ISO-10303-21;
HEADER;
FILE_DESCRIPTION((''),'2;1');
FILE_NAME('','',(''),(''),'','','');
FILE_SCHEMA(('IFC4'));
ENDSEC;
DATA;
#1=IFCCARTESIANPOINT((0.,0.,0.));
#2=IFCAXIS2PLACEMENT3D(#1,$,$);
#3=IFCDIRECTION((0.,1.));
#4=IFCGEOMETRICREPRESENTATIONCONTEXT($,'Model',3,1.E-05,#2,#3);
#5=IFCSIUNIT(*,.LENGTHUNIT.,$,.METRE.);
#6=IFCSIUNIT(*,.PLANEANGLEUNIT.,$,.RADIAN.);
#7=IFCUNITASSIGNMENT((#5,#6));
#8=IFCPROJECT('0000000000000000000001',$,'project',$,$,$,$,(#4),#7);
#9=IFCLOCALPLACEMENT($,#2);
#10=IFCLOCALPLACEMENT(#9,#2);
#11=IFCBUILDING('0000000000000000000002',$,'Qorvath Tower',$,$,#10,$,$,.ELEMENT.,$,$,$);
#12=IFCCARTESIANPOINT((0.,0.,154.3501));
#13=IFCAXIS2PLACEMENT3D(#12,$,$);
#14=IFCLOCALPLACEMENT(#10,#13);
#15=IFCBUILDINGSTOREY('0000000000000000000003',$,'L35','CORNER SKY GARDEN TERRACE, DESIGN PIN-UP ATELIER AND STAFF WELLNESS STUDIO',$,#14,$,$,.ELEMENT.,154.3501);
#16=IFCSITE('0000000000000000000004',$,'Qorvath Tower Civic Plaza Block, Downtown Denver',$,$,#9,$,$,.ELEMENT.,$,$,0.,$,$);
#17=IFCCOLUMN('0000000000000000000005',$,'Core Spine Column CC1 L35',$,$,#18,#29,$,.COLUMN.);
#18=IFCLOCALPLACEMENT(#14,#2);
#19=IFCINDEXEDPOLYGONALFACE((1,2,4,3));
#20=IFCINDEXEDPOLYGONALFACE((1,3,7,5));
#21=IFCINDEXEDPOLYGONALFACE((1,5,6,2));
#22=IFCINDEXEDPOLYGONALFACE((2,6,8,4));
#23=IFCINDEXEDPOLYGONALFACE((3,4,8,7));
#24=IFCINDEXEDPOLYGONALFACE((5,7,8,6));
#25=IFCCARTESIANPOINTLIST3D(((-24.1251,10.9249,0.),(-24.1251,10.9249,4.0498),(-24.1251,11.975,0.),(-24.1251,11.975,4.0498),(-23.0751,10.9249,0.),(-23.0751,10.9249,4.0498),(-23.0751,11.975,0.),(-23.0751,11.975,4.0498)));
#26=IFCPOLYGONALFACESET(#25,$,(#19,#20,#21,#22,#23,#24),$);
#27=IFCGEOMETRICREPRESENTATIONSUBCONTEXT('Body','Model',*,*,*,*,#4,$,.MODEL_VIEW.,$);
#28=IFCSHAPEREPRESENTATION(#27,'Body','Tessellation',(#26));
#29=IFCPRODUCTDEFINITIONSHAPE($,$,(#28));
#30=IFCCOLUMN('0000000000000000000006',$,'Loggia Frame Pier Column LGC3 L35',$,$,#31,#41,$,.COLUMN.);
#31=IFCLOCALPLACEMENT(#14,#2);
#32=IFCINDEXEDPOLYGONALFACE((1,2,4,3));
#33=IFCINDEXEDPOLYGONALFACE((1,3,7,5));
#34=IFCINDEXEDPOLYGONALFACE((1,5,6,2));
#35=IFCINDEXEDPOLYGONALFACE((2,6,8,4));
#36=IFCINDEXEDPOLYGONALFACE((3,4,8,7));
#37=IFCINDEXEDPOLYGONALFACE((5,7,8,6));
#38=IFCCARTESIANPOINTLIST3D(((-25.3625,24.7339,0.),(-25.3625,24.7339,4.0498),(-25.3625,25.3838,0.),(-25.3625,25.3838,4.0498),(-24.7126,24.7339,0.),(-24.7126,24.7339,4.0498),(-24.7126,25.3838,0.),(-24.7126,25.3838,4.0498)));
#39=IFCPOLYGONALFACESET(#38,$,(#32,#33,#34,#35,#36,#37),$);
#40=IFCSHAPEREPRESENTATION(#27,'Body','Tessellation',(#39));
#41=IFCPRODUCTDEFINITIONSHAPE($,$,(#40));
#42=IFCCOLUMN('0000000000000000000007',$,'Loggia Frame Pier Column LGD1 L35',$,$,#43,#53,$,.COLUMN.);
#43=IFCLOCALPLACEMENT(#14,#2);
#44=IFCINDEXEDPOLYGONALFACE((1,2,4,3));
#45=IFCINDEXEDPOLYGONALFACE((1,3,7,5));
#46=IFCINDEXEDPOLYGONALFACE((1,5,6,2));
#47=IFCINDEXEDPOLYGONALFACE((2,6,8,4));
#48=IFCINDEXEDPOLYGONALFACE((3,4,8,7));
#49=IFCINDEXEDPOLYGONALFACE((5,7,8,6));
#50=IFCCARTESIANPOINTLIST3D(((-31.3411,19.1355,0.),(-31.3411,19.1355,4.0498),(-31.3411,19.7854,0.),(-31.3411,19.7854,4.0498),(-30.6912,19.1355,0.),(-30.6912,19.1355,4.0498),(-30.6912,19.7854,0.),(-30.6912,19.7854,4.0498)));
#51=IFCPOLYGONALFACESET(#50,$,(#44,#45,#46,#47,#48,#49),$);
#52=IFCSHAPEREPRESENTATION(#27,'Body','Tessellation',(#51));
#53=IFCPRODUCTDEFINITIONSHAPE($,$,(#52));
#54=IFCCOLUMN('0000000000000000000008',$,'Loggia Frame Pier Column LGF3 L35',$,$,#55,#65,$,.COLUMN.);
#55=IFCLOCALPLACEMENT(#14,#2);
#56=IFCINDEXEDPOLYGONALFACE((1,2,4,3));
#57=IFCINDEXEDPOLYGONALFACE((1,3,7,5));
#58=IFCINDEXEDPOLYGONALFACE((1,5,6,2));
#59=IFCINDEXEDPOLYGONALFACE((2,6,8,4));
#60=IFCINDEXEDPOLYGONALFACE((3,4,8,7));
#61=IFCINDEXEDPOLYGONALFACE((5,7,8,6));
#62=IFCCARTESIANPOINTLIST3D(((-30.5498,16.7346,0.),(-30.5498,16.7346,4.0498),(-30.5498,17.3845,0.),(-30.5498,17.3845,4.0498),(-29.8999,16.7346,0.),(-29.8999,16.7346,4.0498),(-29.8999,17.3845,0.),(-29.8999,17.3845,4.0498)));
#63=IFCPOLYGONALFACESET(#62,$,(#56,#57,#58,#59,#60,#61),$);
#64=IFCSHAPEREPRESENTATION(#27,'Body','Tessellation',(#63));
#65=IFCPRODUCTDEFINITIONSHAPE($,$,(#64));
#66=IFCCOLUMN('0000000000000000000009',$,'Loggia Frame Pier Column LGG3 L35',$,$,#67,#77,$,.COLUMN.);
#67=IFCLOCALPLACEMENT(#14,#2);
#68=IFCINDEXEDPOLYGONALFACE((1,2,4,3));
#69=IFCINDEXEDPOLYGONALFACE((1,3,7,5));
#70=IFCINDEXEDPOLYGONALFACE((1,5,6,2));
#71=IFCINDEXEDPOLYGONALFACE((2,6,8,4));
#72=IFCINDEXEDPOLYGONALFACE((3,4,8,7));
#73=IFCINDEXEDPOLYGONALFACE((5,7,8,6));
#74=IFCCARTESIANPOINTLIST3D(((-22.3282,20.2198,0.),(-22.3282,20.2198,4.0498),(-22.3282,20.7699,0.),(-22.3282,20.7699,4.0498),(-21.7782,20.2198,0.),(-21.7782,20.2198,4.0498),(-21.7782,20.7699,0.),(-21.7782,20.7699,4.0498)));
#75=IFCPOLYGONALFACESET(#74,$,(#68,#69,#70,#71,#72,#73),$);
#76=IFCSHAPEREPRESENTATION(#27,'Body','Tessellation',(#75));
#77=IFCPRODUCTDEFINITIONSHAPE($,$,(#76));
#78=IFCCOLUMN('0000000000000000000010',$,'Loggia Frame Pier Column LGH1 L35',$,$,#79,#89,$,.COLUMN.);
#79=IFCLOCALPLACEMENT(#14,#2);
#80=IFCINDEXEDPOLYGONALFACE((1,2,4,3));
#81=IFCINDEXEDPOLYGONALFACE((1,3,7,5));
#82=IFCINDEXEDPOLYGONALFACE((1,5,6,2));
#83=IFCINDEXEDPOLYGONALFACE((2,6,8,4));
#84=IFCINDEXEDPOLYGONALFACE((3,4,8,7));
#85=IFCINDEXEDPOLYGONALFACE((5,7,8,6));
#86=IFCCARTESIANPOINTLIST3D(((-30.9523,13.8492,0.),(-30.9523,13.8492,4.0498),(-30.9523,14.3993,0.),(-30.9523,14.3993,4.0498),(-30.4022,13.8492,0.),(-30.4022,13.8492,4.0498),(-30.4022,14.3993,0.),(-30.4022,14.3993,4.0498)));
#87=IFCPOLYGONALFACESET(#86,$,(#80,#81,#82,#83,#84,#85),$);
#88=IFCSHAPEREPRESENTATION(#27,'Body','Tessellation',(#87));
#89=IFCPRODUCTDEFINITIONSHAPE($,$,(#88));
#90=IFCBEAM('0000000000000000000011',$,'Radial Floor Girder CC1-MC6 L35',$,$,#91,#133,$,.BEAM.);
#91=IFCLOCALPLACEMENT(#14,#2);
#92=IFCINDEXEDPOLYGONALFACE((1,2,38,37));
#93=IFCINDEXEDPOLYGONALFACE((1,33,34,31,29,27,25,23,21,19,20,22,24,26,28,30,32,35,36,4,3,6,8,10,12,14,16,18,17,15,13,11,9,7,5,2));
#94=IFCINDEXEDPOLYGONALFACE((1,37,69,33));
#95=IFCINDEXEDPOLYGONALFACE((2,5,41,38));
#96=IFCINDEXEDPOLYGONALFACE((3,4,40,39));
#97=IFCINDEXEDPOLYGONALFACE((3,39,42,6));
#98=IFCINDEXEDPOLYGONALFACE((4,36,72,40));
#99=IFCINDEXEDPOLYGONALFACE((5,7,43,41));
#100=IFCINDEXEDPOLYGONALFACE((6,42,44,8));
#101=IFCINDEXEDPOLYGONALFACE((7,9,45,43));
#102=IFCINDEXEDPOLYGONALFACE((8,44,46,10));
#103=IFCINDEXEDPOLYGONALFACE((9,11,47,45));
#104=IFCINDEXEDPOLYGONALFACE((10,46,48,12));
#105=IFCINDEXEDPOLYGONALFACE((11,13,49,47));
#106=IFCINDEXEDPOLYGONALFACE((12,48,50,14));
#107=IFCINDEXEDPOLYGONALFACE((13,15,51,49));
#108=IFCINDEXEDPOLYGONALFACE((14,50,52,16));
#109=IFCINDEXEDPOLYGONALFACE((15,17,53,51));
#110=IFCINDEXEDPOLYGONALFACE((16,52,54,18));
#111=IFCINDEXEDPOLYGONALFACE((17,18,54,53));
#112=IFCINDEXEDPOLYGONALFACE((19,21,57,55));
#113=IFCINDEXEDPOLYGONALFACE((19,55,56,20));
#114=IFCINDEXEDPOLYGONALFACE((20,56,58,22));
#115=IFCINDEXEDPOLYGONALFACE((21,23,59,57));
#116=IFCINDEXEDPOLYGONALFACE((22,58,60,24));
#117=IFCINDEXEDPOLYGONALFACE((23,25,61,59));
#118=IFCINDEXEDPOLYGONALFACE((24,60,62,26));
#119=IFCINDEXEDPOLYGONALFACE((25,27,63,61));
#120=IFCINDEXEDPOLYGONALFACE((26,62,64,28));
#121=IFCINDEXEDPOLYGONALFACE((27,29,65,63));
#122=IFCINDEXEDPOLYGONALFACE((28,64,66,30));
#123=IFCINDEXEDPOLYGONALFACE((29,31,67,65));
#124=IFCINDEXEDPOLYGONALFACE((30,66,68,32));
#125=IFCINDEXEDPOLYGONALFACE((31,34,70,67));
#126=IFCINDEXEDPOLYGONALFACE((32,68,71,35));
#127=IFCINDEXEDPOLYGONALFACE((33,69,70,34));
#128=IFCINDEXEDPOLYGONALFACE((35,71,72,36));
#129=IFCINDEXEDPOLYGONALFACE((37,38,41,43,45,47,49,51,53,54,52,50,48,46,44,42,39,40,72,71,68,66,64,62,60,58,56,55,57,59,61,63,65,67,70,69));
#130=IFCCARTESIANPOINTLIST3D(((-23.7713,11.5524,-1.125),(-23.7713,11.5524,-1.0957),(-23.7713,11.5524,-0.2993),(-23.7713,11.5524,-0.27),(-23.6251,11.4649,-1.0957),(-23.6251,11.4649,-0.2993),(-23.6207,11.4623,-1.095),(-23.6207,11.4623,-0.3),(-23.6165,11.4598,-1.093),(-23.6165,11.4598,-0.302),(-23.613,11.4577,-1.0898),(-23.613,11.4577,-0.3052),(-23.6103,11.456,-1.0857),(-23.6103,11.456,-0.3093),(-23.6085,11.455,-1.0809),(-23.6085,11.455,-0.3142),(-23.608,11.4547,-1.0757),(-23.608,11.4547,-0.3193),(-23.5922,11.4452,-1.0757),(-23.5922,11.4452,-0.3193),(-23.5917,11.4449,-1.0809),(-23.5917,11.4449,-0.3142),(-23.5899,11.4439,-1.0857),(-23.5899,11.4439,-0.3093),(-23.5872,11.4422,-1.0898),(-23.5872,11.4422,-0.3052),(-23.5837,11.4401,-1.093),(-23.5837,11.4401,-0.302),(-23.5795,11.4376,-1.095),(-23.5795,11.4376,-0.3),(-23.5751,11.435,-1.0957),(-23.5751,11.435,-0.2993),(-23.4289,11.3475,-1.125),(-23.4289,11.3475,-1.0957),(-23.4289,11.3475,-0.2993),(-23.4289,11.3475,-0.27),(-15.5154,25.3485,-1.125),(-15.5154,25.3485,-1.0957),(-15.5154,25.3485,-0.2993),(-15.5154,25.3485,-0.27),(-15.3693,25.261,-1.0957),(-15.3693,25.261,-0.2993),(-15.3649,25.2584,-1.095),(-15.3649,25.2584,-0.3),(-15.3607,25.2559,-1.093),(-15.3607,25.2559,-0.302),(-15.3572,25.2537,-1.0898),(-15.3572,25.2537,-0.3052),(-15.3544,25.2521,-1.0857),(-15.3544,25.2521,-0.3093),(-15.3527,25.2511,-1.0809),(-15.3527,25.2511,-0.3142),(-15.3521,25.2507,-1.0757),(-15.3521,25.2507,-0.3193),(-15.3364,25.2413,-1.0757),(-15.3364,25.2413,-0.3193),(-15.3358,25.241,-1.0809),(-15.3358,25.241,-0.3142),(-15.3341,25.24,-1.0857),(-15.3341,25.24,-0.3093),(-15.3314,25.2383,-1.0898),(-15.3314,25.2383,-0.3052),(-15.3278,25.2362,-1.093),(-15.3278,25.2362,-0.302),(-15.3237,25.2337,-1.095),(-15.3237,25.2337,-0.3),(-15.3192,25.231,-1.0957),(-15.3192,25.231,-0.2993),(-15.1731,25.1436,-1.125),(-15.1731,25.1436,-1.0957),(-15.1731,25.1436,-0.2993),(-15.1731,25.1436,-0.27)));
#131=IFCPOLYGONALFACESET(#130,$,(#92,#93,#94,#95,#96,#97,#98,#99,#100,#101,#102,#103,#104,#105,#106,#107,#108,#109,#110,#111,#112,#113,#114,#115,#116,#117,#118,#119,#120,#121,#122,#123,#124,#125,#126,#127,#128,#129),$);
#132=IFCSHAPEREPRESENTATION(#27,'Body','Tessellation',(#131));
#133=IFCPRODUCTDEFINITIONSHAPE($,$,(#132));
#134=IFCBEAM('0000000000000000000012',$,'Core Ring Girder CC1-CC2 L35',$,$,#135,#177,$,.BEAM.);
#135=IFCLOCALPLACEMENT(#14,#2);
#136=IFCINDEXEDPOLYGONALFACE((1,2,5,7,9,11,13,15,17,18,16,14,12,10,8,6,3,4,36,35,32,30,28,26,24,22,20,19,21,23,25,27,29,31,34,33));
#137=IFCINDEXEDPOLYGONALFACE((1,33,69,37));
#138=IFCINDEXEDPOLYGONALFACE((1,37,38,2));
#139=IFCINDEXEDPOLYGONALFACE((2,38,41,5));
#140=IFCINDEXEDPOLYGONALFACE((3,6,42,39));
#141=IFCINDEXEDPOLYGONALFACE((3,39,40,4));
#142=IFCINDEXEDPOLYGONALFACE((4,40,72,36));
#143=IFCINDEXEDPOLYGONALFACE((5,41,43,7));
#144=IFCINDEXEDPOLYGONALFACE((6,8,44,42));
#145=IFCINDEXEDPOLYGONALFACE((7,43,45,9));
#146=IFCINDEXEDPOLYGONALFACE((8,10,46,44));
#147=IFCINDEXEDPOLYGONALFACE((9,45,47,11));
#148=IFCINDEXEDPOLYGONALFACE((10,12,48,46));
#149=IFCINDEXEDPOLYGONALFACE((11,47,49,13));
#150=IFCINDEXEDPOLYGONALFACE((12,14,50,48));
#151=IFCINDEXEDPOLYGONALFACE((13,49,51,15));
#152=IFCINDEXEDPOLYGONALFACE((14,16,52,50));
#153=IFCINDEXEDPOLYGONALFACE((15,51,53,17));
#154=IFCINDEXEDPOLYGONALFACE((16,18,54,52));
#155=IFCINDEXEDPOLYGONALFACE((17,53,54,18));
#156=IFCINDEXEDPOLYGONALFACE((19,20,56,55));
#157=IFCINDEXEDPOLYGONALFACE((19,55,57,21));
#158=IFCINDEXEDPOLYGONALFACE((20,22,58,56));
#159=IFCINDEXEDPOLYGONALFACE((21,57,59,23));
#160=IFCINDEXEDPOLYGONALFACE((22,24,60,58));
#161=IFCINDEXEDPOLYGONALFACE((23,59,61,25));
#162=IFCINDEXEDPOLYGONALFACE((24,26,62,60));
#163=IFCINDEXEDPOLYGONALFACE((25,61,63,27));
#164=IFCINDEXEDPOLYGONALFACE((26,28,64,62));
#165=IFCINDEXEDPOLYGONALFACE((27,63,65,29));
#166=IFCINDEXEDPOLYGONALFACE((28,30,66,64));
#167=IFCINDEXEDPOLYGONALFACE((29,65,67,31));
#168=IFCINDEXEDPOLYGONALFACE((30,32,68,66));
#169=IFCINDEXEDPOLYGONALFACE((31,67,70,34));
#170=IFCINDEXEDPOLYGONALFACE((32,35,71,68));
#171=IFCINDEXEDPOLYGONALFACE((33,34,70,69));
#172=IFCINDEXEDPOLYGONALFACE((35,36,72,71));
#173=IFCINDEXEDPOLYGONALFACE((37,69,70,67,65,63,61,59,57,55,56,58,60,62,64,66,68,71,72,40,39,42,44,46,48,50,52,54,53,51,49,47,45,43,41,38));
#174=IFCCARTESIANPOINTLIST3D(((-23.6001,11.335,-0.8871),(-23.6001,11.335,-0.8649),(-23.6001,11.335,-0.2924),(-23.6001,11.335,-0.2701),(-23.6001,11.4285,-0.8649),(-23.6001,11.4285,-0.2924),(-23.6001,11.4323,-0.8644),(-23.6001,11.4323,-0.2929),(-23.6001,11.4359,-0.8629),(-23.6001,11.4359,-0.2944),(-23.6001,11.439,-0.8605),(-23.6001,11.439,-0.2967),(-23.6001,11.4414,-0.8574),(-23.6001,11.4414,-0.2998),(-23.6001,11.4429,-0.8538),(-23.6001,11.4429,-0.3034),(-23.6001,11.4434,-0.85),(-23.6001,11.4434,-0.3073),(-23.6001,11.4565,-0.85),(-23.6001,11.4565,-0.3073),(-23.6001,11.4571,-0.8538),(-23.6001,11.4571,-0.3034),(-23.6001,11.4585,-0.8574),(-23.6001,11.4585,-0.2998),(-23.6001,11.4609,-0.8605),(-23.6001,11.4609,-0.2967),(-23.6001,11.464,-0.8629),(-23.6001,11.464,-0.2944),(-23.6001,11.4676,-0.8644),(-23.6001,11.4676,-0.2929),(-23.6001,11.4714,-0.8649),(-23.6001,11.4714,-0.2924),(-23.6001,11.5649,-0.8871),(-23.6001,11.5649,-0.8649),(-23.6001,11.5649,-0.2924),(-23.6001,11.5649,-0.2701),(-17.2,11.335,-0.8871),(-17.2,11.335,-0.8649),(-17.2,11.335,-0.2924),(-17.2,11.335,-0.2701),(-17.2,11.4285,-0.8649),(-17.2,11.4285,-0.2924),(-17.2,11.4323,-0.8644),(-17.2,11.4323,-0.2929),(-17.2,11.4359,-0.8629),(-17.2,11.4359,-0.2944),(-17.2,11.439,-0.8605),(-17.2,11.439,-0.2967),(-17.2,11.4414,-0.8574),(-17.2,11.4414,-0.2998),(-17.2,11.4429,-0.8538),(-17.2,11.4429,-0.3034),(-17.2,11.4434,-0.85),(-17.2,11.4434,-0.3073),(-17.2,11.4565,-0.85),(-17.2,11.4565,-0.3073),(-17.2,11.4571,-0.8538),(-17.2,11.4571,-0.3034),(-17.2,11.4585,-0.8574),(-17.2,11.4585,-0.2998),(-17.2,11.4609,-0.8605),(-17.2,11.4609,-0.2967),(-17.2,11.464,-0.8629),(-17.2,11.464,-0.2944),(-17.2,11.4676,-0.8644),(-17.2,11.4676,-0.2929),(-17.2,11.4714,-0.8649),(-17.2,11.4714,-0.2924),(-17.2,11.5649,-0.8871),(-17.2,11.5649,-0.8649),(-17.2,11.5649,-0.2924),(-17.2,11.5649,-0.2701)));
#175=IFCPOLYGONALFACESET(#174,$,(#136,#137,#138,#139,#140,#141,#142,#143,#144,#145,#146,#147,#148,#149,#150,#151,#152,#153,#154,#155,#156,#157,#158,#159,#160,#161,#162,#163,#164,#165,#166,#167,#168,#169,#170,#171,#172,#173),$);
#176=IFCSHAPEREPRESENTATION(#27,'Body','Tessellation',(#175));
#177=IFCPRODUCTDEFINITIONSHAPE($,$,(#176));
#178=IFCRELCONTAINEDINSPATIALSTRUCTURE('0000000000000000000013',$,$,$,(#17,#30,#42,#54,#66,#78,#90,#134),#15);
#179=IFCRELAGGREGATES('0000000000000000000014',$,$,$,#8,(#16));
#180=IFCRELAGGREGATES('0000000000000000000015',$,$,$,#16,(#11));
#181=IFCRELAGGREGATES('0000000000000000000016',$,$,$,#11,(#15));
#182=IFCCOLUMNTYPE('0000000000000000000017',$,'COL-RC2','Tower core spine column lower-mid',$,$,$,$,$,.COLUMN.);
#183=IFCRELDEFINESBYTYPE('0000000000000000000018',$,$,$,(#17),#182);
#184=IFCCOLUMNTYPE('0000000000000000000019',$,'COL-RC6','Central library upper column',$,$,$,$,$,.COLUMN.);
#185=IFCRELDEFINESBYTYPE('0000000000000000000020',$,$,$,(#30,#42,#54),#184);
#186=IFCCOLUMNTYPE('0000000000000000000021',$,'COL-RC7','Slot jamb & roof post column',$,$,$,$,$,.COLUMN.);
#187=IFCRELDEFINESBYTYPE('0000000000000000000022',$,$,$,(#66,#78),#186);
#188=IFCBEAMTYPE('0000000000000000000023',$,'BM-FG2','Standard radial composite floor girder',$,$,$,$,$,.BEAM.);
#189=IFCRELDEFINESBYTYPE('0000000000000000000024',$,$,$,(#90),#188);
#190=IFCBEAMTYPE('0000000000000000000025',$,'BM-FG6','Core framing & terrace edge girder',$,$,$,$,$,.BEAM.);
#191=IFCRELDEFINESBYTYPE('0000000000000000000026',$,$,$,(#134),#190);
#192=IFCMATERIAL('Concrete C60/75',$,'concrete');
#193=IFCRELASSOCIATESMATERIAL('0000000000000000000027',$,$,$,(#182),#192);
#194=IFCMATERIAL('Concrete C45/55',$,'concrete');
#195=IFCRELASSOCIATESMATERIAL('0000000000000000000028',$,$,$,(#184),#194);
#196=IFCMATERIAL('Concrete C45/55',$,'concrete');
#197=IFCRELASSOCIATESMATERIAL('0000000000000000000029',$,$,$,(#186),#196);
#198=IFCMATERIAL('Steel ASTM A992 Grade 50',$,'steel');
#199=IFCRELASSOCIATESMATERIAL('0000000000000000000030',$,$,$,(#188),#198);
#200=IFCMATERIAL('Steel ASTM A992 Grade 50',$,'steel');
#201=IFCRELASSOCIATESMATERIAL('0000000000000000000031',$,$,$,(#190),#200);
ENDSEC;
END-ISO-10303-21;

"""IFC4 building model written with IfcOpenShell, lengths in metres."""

from ifc_helpers import new_model, si_unit, direction, frame, origin, origin_2d, place, context, subcontext, project, spatial, rectangle, i_section, extrude, material, material_profile, profile_set, type_object, element, save


model = new_model("IFC4")

# Units and contexts
model_context = context("Model", 3, precision=1e-05, world=origin(), true_north=direction((0.0, 1.0)))
body_context = subcontext(model_context, "Body", "Model", "MODEL_VIEW")
ifc_project = project(units=[si_unit("LENGTHUNIT", "METRE"), si_unit("PLANEANGLEUNIT", "RADIAN")], contexts=[model_context])

# Site, building, storey
site_placement = place(None, origin())
site = spatial("IfcSite", under=ifc_project, at=site_placement, Name="Qorvath Tower Civic Plaza Block, Downtown Denver", CompositionType="ELEMENT", RefElevation=0.0)
building_placement = place(site_placement, origin())
building = spatial("IfcBuilding", under=site, at=building_placement, Name="Qorvath Tower", CompositionType="ELEMENT")
storey_placement = place(building_placement, frame((0.0, 0.0, 154.3501)))
storey = spatial("IfcBuildingStorey", under=building, at=storey_placement, Name="L35", Description="CORNER SKY GARDEN TERRACE, DESIGN PIN-UP ATELIER AND STAFF WELLNESS STUDIO", CompositionType="ELEMENT", Elevation=154.3501)

# Columns
ifc_material_1 = material(Name="Concrete C60/75", Category="concrete")
ifc_material_profile_1 = material_profile(ifc_material_1, rectangle(XDim=1.05, YDim=1.05, at=origin_2d()), Name="RC 1050x1050")
ifc_profile_set_1 = profile_set([ifc_material_profile_1], Name="Concrete C60/75")
column_type_1 = type_object("IfcColumnType", Name="COL-RC2", Description="Tower core spine column lower-mid", PredefinedType="COLUMN", material=ifc_profile_set_1)
column_placement = place(storey_placement, frame((-23.6001, 11.45, 0.0), z_axis=(0.0, 0.0, 1.0), x_axis=(1.0, 0.0, 0.0)))
element("IfcColumn", 1, at=column_placement, inside=storey, type_object=column_type_1, Name="Core Spine Column CC1 L35", PredefinedType="COLUMN", context=body_context, shape_type="SweptSolid", body=[
    extrude(rectangle(XDim=1.05, YDim=1.05, at=origin_2d()), origin(), (0.0, 0.0, 1.0), 4.0498),
])
ifc_material_2 = material(Name="Concrete C45/55", Category="concrete")
ifc_material_profile_2 = material_profile(ifc_material_2, rectangle(XDim=0.6499, YDim=0.6499, at=origin_2d()), Name="RC 650x650")
ifc_profile_set_2 = profile_set([ifc_material_profile_2], Name="Concrete C45/55")
column_type_2 = type_object("IfcColumnType", Name="COL-RC6", Description="Central library upper column", PredefinedType="COLUMN", material=ifc_profile_set_2)
for number, where, z_axis, x_axis, name in (
    (2, (-25.0376, 25.0588, 0.0), (0.0, 0.0, 1.0), (1.0, 0.0, 0.0), "Loggia Frame Pier Column LGC3 L35"),
    (3, (-31.0161, 19.4604, 0.0), (0.0, 0.0, 1.0), (1.0, 0.0, 0.0), "Loggia Frame Pier Column LGD1 L35"),
    (4, (-30.2249, 17.0596, 0.0), (0.0, 0.0, 1.0), (1.0, 0.0, 0.0), "Loggia Frame Pier Column LGF3 L35"),
):
    element("IfcColumn", number, at=place(storey_placement, frame(where, z_axis=z_axis, x_axis=x_axis)), inside=storey, type_object=column_type_2, Name=name, PredefinedType="COLUMN", context=body_context, shape_type="SweptSolid", body=[
        extrude(rectangle(XDim=0.6499, YDim=0.6499, at=origin_2d()), origin(), (0.0, 0.0, 1.0), 4.0498),
    ])
ifc_material_3 = material(Name="Concrete C45/55", Category="concrete")
ifc_material_profile_3 = material_profile(ifc_material_3, rectangle(XDim=0.55, YDim=0.55, at=origin_2d()), Name="RC 550x550")
ifc_profile_set_3 = profile_set([ifc_material_profile_3], Name="Concrete C45/55")
column_type_3 = type_object("IfcColumnType", Name="COL-RC7", Description="Slot jamb & roof post column", PredefinedType="COLUMN", material=ifc_profile_set_3)
for number, where, z_axis, x_axis, name in (
    (5, (-22.0532, 20.4949, 0.0), (0.0, 0.0, 1.0), (1.0, 0.0, 0.0), "Loggia Frame Pier Column LGG3 L35"),
    (6, (-30.6772, 14.1243, 0.0), (0.0, 0.0, 1.0), (1.0, 0.0, 0.0), "Loggia Frame Pier Column LGH1 L35"),
):
    element("IfcColumn", number, at=place(storey_placement, frame(where, z_axis=z_axis, x_axis=x_axis)), inside=storey, type_object=column_type_3, Name=name, PredefinedType="COLUMN", context=body_context, shape_type="SweptSolid", body=[
        extrude(rectangle(XDim=0.55, YDim=0.55, at=origin_2d()), origin(), (0.0, 0.0, 1.0), 4.0498),
    ])

# Beams
ifc_material_4 = material(Name="Steel ASTM A992 Grade 50", Category="steel")
ifc_material_profile_4 = material_profile(ifc_material_4, i_section(OverallWidth=0.3989, OverallDepth=0.855, WebThickness=0.0183, FlangeThickness=0.0293, FilletRadius=0.02, at=origin_2d()), Name="W33x201")
ifc_profile_set_4 = profile_set([ifc_material_profile_4], Name="Steel ASTM A992 Grade 50")
beam_type_1 = type_object("IfcBeamType", Name="BM-FG2", Description="Standard radial composite floor girder", PredefinedType="BEAM", material=ifc_profile_set_4)
beam_1_placement = place(storey_placement, frame((-23.6001, 11.45, -0.6975), z_axis=(0.513497, 0.858091, 0.0), x_axis=(-0.858091, 0.513497, 0.0)))
element("IfcBeam", 7, at=beam_1_placement, inside=storey, type_object=beam_type_1, Name="Radial Floor Girder CC1-MC6 L35", PredefinedType="BEAM", context=body_context, shape_type="SweptSolid", body=[
    extrude(i_section(OverallWidth=0.3989, OverallDepth=0.855, WebThickness=0.0183, FlangeThickness=0.0293, FilletRadius=0.02, at=origin_2d()), origin(), (0.0, 0.0, 1.0), 16.0776),
])
ifc_material_5 = material(Name="Steel ASTM A992 Grade 50", Category="steel")
ifc_material_profile_5 = material_profile(ifc_material_5, i_section(OverallWidth=0.23, OverallDepth=0.6169, WebThickness=0.0132, FlangeThickness=0.0222, FilletRadius=0.0149, at=origin_2d()), Name="W24x94")
ifc_profile_set_5 = profile_set([ifc_material_profile_5], Name="Steel ASTM A992 Grade 50")
beam_type_2 = type_object("IfcBeamType", Name="BM-FG6", Description="Core framing & terrace edge girder", PredefinedType="BEAM", material=ifc_profile_set_5)
beam_2_placement = place(storey_placement, frame((-23.6001, 11.45, -0.5786), z_axis=(1.0, 0.0, 0.0), x_axis=(0.0, 1.0, 0.0)))
element("IfcBeam", 8, at=beam_2_placement, inside=storey, type_object=beam_type_2, Name="Core Ring Girder CC1-CC2 L35", PredefinedType="BEAM", context=body_context, shape_type="SweptSolid", body=[
    extrude(i_section(OverallWidth=0.23, OverallDepth=0.6169, WebThickness=0.0132, FlangeThickness=0.0222, FilletRadius=0.0149, at=origin_2d()), origin(), (0.0, 0.0, 1.0), 6.4001),
])

save(model, "model.ifc")
